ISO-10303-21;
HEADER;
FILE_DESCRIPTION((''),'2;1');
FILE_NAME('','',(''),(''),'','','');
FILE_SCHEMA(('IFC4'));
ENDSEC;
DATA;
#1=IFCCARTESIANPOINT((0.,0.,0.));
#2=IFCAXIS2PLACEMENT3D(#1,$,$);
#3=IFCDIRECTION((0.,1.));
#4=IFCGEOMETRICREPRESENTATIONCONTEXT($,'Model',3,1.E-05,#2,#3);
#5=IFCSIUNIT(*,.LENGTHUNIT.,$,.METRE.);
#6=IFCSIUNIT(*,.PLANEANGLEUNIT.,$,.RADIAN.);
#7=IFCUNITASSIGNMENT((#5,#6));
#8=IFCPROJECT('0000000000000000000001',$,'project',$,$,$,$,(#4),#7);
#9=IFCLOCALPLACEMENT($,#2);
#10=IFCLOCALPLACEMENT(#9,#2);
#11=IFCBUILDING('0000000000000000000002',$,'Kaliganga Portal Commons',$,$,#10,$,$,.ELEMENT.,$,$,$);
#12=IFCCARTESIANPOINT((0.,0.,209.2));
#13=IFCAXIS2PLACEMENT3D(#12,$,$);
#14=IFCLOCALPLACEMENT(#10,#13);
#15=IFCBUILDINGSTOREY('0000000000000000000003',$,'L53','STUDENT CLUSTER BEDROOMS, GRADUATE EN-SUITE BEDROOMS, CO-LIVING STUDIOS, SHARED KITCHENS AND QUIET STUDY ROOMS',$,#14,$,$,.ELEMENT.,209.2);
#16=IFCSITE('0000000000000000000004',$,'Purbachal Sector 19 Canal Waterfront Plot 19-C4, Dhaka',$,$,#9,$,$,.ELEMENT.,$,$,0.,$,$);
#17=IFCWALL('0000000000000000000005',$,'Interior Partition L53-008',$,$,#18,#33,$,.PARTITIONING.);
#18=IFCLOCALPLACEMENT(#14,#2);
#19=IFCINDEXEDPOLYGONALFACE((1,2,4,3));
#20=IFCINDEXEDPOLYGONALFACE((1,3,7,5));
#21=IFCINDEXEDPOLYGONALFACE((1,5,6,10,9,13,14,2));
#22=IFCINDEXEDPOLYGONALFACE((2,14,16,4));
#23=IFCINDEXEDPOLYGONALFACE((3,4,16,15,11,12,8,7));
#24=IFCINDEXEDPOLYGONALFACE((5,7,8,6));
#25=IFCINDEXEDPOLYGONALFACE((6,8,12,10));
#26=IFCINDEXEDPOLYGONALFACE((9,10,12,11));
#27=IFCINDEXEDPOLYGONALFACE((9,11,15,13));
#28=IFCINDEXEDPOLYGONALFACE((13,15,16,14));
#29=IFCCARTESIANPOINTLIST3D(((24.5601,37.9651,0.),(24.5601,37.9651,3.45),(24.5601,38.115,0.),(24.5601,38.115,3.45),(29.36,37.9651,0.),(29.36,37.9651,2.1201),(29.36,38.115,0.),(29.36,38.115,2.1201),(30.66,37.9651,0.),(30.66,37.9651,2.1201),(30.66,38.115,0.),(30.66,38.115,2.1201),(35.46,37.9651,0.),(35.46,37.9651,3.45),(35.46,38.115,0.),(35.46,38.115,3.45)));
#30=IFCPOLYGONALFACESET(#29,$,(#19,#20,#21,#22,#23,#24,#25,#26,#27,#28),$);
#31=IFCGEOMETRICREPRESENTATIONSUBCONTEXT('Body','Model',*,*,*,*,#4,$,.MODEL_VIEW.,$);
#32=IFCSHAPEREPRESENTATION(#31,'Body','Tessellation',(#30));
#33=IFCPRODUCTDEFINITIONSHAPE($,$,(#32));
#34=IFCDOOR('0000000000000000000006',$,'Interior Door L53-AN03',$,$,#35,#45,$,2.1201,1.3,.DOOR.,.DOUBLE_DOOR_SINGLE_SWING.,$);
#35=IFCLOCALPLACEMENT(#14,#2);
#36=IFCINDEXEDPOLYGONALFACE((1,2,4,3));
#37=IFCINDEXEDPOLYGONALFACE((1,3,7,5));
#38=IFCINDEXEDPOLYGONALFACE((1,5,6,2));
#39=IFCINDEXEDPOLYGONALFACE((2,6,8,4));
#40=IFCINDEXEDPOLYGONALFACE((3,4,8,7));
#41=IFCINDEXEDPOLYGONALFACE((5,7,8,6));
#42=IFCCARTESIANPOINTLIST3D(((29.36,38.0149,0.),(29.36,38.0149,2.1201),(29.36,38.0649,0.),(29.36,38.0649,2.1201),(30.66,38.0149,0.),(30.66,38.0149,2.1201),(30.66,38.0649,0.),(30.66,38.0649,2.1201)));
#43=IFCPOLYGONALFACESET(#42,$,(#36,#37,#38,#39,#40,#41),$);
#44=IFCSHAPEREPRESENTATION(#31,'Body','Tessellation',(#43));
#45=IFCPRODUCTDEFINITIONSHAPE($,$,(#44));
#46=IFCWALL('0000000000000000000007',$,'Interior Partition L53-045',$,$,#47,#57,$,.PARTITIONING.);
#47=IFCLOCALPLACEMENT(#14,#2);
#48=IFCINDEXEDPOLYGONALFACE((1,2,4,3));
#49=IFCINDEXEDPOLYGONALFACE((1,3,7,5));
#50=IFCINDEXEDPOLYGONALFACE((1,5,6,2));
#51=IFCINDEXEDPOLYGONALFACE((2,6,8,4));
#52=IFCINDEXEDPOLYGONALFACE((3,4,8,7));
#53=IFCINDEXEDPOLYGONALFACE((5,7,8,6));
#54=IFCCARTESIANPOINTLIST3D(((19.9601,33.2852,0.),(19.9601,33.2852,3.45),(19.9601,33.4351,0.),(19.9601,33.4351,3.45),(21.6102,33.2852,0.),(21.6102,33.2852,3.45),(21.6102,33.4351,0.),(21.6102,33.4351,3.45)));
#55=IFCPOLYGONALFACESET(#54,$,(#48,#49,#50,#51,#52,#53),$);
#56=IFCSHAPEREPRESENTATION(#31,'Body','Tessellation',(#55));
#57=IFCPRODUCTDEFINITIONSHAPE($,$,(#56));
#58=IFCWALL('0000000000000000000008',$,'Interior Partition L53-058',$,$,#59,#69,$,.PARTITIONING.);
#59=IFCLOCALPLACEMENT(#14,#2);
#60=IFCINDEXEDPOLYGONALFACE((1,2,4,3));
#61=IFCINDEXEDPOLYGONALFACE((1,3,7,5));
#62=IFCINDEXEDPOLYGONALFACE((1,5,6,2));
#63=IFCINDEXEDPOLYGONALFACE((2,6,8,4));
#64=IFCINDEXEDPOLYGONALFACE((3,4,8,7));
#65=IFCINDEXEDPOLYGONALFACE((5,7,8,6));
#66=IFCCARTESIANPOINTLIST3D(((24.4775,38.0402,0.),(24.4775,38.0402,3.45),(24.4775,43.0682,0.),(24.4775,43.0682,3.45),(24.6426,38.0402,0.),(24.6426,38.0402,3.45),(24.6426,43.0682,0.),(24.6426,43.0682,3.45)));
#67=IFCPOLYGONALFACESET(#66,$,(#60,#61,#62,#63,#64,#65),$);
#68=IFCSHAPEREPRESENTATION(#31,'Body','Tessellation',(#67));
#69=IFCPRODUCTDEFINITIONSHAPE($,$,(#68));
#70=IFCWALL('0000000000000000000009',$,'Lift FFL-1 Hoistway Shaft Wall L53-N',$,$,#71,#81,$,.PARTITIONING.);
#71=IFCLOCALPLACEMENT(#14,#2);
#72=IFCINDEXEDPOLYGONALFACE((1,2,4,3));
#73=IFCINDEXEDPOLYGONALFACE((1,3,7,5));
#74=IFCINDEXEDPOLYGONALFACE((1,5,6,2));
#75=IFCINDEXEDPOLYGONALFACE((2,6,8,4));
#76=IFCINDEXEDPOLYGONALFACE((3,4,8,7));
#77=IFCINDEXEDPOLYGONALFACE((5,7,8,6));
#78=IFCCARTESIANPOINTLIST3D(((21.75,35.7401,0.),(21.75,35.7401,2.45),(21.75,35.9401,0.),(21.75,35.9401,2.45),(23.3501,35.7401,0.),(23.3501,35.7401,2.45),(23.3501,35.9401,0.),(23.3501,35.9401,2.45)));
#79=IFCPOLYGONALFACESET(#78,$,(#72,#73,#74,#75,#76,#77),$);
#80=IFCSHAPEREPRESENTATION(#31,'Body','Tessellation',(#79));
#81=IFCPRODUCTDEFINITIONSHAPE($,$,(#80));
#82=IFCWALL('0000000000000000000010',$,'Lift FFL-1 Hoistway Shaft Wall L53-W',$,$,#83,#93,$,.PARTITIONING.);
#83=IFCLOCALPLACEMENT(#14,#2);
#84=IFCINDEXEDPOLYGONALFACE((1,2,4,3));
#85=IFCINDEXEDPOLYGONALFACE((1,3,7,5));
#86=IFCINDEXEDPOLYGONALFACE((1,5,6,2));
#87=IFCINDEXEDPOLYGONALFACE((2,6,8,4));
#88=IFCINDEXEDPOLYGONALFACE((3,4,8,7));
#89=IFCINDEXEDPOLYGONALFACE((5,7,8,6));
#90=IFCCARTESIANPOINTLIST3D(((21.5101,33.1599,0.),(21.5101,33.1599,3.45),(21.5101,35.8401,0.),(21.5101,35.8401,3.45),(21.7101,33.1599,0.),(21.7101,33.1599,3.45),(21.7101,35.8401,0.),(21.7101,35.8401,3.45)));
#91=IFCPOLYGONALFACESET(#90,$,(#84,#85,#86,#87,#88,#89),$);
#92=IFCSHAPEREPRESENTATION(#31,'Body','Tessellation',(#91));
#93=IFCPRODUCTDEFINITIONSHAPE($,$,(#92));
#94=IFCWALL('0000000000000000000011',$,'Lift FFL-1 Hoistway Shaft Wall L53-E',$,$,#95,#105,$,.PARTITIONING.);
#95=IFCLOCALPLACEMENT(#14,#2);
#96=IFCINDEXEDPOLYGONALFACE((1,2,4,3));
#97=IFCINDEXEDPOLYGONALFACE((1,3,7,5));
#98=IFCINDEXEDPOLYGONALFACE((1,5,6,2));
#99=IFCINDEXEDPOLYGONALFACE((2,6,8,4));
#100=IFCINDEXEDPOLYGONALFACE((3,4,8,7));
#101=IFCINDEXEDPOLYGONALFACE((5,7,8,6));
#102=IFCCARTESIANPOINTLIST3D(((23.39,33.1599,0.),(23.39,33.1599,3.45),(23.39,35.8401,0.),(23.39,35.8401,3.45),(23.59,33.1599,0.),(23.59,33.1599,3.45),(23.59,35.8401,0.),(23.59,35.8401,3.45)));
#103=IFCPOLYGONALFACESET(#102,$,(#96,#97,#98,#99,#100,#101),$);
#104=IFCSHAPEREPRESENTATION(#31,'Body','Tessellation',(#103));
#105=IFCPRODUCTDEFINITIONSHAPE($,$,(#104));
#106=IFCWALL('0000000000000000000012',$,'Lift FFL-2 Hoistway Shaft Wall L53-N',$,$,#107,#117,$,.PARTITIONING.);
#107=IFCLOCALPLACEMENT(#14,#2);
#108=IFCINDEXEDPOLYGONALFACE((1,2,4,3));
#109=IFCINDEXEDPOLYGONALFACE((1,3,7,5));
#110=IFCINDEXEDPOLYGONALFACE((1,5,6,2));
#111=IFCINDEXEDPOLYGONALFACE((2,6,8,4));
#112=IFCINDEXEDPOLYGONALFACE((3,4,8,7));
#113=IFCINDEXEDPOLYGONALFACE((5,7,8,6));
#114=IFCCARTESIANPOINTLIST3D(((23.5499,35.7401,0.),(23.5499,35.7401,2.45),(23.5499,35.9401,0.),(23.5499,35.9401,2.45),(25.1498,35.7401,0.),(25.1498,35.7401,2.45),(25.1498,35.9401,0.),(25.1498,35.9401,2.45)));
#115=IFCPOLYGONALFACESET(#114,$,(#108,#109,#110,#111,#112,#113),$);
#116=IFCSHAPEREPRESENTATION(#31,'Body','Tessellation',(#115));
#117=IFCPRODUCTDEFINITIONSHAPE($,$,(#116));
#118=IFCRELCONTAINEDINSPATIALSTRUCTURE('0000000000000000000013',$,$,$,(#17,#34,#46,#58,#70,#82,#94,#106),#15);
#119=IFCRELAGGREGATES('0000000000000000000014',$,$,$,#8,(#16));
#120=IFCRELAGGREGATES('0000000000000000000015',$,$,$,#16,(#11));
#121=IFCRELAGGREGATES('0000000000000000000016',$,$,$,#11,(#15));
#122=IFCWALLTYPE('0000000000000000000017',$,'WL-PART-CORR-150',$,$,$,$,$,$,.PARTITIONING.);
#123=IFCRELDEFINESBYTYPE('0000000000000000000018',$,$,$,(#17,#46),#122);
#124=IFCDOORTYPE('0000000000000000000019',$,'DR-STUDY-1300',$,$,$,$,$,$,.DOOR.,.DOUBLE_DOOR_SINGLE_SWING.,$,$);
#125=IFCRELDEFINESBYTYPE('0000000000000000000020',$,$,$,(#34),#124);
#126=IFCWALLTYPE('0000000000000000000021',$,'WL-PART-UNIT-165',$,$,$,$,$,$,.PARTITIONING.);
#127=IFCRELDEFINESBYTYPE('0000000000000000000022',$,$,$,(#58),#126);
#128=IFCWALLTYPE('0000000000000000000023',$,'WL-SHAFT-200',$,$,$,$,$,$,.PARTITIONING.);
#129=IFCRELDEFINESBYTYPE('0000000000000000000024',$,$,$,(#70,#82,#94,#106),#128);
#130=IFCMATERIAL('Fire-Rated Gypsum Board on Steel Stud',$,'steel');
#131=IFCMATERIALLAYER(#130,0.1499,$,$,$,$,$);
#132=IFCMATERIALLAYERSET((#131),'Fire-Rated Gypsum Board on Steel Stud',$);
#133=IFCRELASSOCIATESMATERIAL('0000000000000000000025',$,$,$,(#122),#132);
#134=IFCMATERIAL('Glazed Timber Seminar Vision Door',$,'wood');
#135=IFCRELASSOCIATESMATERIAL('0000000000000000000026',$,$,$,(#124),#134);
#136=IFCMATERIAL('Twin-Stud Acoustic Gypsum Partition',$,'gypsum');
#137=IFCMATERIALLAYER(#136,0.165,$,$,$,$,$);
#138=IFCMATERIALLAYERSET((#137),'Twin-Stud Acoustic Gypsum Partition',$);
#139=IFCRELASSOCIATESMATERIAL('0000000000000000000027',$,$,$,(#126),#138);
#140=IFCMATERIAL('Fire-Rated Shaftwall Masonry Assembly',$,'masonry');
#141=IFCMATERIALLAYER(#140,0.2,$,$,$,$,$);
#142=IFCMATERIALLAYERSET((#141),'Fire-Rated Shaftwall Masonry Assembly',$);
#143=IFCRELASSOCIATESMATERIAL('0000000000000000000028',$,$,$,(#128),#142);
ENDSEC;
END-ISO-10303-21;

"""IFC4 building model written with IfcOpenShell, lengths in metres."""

from ifc_helpers import new_model, si_unit, direction, frame, frame_2d, origin, place, context, subcontext, project, spatial, rectangle, extrude, material, layer, layer_set, type_object, element, fill, save


model = new_model("IFC4")

# Units and contexts
model_context = context("Model", 3, precision=1e-05, world=origin(), true_north=direction((0.0, 1.0)))
body_context = subcontext(model_context, "Body", "Model", "MODEL_VIEW")
ifc_project = project(units=[si_unit("LENGTHUNIT", "METRE"), si_unit("PLANEANGLEUNIT", "RADIAN")], contexts=[model_context])

# Site, building, storey
site_placement = place(None, origin())
site = spatial("IfcSite", under=ifc_project, at=site_placement, Name="Purbachal Sector 19 Canal Waterfront Plot 19-C4, Dhaka", CompositionType="ELEMENT", RefElevation=0.0)
building_placement = place(site_placement, origin())
building = spatial("IfcBuilding", under=site, at=building_placement, Name="Kaliganga Portal Commons", CompositionType="ELEMENT")
storey_placement = place(building_placement, frame((0.0, 0.0, 209.2)))
storey = spatial("IfcBuildingStorey", under=building, at=storey_placement, Name="L53", Description="STUDENT CLUSTER BEDROOMS, GRADUATE EN-SUITE BEDROOMS, CO-LIVING STUDIOS, SHARED KITCHENS AND QUIET STUDY ROOMS", CompositionType="ELEMENT", Elevation=209.2)

# Wall, opening, door
ifc_material_1 = material(Name="Fire-Rated Gypsum Board on Steel Stud", Category="steel")
ifc_layer_1 = layer(ifc_material_1, 0.1499)
ifc_layer_set_1 = layer_set([ifc_layer_1], Name="Fire-Rated Gypsum Board on Steel Stud")
wall_type_1 = type_object("IfcWallType", Name="WL-PART-CORR-150", PredefinedType="PARTITIONING", material=ifc_layer_set_1)
wall_1_placement = place(storey_placement, frame((24.5601, 38.04, 0.0), z_axis=(0.0, 0.0, 1.0), x_axis=(1.0, 0.0, 0.0)))
wall_1 = element("IfcWall", 1, at=wall_1_placement, inside=storey, type_object=wall_type_1, Name="Interior Partition L53-008", PredefinedType="PARTITIONING", context=body_context, shape_type="SweptSolid", body=[
    extrude(rectangle(XDim=10.8999, YDim=0.1499, at=frame_2d((5.45, 0.0))), origin(), (0.0, 0.0, 1.0), 3.45),
])
opening_1_placement = place(wall_1_placement, frame((4.8, 0.0, 0.0)))
opening_1 = element("IfcOpeningElement", 2, at=opening_1_placement, cuts=wall_1, PredefinedType="OPENING", context=body_context, shape_type="SweptSolid", body=[
    extrude(rectangle(XDim=1.3, YDim=2.1201, at=frame_2d((0.6499, 1.0601))), frame((0.0, 0.085, 0.0), z_axis=(0.0, -1.0, 0.0), x_axis=(1.0, 0.0, 0.0)), (0.0, 0.0, 1.0), 0.1699),
])
ifc_material_2 = material(Name="Glazed Timber Seminar Vision Door", Category="wood")
door_type_1 = type_object("IfcDoorType", Name="DR-STUDY-1300", OperationType="DOUBLE_DOOR_SINGLE_SWING", PredefinedType="DOOR", material=ifc_material_2)
door_1_placement = place(opening_1_placement, origin())
door_1 = element("IfcDoor", 3, at=door_1_placement, inside=storey, type_object=door_type_1, Name="Interior Door L53-AN03", OperationType="DOUBLE_DOOR_SINGLE_SWING", OverallHeight=2.1201, OverallWidth=1.3, PredefinedType="DOOR", context=body_context, shape_type="SweptSolid", body=[
    extrude(rectangle(XDim=1.3, YDim=2.1201, at=frame_2d((0.6499, 1.0601))), frame((0.0, 0.0249, 0.0), z_axis=(0.0, -1.0, 0.0), x_axis=(1.0, 0.0, 0.0)), (0.0, 0.0, 1.0), 0.05),
])
fill(opening_1, door_1)

# Walls
wall_2_placement = place(storey_placement, frame((19.96, 33.3601, 0.0), z_axis=(0.0, 0.0, 1.0), x_axis=(1.0, 0.0, 0.0)))
element("IfcWall", 4, at=wall_2_placement, inside=storey, type_object=wall_type_1, Name="Interior Partition L53-045", PredefinedType="PARTITIONING", context=body_context, shape_type="SweptSolid", body=[
    extrude(rectangle(XDim=1.6501, YDim=0.1499, at=frame_2d((0.8252, 0.0))), origin(), (0.0, 0.0, 1.0), 3.45),
])
ifc_material_3 = material(Name="Twin-Stud Acoustic Gypsum Partition", Category="gypsum")
ifc_layer_2 = layer(ifc_material_3, 0.165)
ifc_layer_set_2 = layer_set([ifc_layer_2], Name="Twin-Stud Acoustic Gypsum Partition")
wall_type_2 = type_object("IfcWallType", Name="WL-PART-UNIT-165", PredefinedType="PARTITIONING", material=ifc_layer_set_2)
wall_3_placement = place(storey_placement, frame((24.5601, 38.04, 0.0), z_axis=(0.0, 0.0, 1.0), x_axis=(0.0, 1.0, 0.0)))
element("IfcWall", 5, at=wall_3_placement, inside=storey, type_object=wall_type_2, Name="Interior Partition L53-058", PredefinedType="PARTITIONING", context=body_context, shape_type="SweptSolid", body=[
    extrude(rectangle(XDim=5.0281, YDim=0.165, at=frame_2d((2.5142, 0.0))), origin(), (0.0, 0.0, 1.0), 3.45),
])

# Shared definitions
ifc_material_4 = material(Name="Fire-Rated Shaftwall Masonry Assembly", Category="masonry")
ifc_layer_3 = layer(ifc_material_4, 0.2)
ifc_layer_set_3 = layer_set([ifc_layer_3], Name="Fire-Rated Shaftwall Masonry Assembly")
wall_type_3 = type_object("IfcWallType", Name="WL-SHAFT-200", PredefinedType="PARTITIONING", material=ifc_layer_set_3)

# Walls
wall_4_placement = place(storey_placement, frame((21.75, 35.8401, 0.0), z_axis=(0.0, 0.0, 1.0), x_axis=(1.0, 0.0, 0.0)))
element("IfcWall", 6, at=wall_4_placement, inside=storey, type_object=wall_type_3, Name="Lift FFL-1 Hoistway Shaft Wall L53-N", PredefinedType="PARTITIONING", context=body_context, shape_type="SweptSolid", body=[
    extrude(rectangle(XDim=1.6001, YDim=0.2, at=frame_2d((0.8, 0.0))), origin(), (0.0, 0.0, 1.0), 2.45),
])
for number, where, z_axis, x_axis, name in (
    (7, (21.6101, 33.1599, 0.0), (0.0, 0.0, 1.0), (0.0, 1.0, 0.0), "Lift FFL-1 Hoistway Shaft Wall L53-W"),
    (8, (23.49, 33.1599, 0.0), (0.0, 0.0, 1.0), (0.0, 1.0, 0.0), "Lift FFL-1 Hoistway Shaft Wall L53-E"),
):
    element("IfcWall", number, at=place(storey_placement, frame(where, z_axis=z_axis, x_axis=x_axis)), inside=storey, type_object=wall_type_3, Name=name, PredefinedType="PARTITIONING", context=body_context, shape_type="SweptSolid", body=[
        extrude(rectangle(XDim=2.6802, YDim=0.2, at=frame_2d((1.3401, 0.0))), origin(), (0.0, 0.0, 1.0), 3.45),
    ])

# Wall
wall_5_placement = place(storey_placement, frame((23.55, 35.8401, 0.0), z_axis=(0.0, 0.0, 1.0), x_axis=(1.0, 0.0, 0.0)))
element("IfcWall", 9, at=wall_5_placement, inside=storey, type_object=wall_type_3, Name="Lift FFL-2 Hoistway Shaft Wall L53-N", PredefinedType="PARTITIONING", context=body_context, shape_type="SweptSolid", body=[
    extrude(rectangle(XDim=1.5999, YDim=0.2, at=frame_2d((0.7998, 0.0))), origin(), (0.0, 0.0, 1.0), 2.45),
])

save(model, "model.ifc")
